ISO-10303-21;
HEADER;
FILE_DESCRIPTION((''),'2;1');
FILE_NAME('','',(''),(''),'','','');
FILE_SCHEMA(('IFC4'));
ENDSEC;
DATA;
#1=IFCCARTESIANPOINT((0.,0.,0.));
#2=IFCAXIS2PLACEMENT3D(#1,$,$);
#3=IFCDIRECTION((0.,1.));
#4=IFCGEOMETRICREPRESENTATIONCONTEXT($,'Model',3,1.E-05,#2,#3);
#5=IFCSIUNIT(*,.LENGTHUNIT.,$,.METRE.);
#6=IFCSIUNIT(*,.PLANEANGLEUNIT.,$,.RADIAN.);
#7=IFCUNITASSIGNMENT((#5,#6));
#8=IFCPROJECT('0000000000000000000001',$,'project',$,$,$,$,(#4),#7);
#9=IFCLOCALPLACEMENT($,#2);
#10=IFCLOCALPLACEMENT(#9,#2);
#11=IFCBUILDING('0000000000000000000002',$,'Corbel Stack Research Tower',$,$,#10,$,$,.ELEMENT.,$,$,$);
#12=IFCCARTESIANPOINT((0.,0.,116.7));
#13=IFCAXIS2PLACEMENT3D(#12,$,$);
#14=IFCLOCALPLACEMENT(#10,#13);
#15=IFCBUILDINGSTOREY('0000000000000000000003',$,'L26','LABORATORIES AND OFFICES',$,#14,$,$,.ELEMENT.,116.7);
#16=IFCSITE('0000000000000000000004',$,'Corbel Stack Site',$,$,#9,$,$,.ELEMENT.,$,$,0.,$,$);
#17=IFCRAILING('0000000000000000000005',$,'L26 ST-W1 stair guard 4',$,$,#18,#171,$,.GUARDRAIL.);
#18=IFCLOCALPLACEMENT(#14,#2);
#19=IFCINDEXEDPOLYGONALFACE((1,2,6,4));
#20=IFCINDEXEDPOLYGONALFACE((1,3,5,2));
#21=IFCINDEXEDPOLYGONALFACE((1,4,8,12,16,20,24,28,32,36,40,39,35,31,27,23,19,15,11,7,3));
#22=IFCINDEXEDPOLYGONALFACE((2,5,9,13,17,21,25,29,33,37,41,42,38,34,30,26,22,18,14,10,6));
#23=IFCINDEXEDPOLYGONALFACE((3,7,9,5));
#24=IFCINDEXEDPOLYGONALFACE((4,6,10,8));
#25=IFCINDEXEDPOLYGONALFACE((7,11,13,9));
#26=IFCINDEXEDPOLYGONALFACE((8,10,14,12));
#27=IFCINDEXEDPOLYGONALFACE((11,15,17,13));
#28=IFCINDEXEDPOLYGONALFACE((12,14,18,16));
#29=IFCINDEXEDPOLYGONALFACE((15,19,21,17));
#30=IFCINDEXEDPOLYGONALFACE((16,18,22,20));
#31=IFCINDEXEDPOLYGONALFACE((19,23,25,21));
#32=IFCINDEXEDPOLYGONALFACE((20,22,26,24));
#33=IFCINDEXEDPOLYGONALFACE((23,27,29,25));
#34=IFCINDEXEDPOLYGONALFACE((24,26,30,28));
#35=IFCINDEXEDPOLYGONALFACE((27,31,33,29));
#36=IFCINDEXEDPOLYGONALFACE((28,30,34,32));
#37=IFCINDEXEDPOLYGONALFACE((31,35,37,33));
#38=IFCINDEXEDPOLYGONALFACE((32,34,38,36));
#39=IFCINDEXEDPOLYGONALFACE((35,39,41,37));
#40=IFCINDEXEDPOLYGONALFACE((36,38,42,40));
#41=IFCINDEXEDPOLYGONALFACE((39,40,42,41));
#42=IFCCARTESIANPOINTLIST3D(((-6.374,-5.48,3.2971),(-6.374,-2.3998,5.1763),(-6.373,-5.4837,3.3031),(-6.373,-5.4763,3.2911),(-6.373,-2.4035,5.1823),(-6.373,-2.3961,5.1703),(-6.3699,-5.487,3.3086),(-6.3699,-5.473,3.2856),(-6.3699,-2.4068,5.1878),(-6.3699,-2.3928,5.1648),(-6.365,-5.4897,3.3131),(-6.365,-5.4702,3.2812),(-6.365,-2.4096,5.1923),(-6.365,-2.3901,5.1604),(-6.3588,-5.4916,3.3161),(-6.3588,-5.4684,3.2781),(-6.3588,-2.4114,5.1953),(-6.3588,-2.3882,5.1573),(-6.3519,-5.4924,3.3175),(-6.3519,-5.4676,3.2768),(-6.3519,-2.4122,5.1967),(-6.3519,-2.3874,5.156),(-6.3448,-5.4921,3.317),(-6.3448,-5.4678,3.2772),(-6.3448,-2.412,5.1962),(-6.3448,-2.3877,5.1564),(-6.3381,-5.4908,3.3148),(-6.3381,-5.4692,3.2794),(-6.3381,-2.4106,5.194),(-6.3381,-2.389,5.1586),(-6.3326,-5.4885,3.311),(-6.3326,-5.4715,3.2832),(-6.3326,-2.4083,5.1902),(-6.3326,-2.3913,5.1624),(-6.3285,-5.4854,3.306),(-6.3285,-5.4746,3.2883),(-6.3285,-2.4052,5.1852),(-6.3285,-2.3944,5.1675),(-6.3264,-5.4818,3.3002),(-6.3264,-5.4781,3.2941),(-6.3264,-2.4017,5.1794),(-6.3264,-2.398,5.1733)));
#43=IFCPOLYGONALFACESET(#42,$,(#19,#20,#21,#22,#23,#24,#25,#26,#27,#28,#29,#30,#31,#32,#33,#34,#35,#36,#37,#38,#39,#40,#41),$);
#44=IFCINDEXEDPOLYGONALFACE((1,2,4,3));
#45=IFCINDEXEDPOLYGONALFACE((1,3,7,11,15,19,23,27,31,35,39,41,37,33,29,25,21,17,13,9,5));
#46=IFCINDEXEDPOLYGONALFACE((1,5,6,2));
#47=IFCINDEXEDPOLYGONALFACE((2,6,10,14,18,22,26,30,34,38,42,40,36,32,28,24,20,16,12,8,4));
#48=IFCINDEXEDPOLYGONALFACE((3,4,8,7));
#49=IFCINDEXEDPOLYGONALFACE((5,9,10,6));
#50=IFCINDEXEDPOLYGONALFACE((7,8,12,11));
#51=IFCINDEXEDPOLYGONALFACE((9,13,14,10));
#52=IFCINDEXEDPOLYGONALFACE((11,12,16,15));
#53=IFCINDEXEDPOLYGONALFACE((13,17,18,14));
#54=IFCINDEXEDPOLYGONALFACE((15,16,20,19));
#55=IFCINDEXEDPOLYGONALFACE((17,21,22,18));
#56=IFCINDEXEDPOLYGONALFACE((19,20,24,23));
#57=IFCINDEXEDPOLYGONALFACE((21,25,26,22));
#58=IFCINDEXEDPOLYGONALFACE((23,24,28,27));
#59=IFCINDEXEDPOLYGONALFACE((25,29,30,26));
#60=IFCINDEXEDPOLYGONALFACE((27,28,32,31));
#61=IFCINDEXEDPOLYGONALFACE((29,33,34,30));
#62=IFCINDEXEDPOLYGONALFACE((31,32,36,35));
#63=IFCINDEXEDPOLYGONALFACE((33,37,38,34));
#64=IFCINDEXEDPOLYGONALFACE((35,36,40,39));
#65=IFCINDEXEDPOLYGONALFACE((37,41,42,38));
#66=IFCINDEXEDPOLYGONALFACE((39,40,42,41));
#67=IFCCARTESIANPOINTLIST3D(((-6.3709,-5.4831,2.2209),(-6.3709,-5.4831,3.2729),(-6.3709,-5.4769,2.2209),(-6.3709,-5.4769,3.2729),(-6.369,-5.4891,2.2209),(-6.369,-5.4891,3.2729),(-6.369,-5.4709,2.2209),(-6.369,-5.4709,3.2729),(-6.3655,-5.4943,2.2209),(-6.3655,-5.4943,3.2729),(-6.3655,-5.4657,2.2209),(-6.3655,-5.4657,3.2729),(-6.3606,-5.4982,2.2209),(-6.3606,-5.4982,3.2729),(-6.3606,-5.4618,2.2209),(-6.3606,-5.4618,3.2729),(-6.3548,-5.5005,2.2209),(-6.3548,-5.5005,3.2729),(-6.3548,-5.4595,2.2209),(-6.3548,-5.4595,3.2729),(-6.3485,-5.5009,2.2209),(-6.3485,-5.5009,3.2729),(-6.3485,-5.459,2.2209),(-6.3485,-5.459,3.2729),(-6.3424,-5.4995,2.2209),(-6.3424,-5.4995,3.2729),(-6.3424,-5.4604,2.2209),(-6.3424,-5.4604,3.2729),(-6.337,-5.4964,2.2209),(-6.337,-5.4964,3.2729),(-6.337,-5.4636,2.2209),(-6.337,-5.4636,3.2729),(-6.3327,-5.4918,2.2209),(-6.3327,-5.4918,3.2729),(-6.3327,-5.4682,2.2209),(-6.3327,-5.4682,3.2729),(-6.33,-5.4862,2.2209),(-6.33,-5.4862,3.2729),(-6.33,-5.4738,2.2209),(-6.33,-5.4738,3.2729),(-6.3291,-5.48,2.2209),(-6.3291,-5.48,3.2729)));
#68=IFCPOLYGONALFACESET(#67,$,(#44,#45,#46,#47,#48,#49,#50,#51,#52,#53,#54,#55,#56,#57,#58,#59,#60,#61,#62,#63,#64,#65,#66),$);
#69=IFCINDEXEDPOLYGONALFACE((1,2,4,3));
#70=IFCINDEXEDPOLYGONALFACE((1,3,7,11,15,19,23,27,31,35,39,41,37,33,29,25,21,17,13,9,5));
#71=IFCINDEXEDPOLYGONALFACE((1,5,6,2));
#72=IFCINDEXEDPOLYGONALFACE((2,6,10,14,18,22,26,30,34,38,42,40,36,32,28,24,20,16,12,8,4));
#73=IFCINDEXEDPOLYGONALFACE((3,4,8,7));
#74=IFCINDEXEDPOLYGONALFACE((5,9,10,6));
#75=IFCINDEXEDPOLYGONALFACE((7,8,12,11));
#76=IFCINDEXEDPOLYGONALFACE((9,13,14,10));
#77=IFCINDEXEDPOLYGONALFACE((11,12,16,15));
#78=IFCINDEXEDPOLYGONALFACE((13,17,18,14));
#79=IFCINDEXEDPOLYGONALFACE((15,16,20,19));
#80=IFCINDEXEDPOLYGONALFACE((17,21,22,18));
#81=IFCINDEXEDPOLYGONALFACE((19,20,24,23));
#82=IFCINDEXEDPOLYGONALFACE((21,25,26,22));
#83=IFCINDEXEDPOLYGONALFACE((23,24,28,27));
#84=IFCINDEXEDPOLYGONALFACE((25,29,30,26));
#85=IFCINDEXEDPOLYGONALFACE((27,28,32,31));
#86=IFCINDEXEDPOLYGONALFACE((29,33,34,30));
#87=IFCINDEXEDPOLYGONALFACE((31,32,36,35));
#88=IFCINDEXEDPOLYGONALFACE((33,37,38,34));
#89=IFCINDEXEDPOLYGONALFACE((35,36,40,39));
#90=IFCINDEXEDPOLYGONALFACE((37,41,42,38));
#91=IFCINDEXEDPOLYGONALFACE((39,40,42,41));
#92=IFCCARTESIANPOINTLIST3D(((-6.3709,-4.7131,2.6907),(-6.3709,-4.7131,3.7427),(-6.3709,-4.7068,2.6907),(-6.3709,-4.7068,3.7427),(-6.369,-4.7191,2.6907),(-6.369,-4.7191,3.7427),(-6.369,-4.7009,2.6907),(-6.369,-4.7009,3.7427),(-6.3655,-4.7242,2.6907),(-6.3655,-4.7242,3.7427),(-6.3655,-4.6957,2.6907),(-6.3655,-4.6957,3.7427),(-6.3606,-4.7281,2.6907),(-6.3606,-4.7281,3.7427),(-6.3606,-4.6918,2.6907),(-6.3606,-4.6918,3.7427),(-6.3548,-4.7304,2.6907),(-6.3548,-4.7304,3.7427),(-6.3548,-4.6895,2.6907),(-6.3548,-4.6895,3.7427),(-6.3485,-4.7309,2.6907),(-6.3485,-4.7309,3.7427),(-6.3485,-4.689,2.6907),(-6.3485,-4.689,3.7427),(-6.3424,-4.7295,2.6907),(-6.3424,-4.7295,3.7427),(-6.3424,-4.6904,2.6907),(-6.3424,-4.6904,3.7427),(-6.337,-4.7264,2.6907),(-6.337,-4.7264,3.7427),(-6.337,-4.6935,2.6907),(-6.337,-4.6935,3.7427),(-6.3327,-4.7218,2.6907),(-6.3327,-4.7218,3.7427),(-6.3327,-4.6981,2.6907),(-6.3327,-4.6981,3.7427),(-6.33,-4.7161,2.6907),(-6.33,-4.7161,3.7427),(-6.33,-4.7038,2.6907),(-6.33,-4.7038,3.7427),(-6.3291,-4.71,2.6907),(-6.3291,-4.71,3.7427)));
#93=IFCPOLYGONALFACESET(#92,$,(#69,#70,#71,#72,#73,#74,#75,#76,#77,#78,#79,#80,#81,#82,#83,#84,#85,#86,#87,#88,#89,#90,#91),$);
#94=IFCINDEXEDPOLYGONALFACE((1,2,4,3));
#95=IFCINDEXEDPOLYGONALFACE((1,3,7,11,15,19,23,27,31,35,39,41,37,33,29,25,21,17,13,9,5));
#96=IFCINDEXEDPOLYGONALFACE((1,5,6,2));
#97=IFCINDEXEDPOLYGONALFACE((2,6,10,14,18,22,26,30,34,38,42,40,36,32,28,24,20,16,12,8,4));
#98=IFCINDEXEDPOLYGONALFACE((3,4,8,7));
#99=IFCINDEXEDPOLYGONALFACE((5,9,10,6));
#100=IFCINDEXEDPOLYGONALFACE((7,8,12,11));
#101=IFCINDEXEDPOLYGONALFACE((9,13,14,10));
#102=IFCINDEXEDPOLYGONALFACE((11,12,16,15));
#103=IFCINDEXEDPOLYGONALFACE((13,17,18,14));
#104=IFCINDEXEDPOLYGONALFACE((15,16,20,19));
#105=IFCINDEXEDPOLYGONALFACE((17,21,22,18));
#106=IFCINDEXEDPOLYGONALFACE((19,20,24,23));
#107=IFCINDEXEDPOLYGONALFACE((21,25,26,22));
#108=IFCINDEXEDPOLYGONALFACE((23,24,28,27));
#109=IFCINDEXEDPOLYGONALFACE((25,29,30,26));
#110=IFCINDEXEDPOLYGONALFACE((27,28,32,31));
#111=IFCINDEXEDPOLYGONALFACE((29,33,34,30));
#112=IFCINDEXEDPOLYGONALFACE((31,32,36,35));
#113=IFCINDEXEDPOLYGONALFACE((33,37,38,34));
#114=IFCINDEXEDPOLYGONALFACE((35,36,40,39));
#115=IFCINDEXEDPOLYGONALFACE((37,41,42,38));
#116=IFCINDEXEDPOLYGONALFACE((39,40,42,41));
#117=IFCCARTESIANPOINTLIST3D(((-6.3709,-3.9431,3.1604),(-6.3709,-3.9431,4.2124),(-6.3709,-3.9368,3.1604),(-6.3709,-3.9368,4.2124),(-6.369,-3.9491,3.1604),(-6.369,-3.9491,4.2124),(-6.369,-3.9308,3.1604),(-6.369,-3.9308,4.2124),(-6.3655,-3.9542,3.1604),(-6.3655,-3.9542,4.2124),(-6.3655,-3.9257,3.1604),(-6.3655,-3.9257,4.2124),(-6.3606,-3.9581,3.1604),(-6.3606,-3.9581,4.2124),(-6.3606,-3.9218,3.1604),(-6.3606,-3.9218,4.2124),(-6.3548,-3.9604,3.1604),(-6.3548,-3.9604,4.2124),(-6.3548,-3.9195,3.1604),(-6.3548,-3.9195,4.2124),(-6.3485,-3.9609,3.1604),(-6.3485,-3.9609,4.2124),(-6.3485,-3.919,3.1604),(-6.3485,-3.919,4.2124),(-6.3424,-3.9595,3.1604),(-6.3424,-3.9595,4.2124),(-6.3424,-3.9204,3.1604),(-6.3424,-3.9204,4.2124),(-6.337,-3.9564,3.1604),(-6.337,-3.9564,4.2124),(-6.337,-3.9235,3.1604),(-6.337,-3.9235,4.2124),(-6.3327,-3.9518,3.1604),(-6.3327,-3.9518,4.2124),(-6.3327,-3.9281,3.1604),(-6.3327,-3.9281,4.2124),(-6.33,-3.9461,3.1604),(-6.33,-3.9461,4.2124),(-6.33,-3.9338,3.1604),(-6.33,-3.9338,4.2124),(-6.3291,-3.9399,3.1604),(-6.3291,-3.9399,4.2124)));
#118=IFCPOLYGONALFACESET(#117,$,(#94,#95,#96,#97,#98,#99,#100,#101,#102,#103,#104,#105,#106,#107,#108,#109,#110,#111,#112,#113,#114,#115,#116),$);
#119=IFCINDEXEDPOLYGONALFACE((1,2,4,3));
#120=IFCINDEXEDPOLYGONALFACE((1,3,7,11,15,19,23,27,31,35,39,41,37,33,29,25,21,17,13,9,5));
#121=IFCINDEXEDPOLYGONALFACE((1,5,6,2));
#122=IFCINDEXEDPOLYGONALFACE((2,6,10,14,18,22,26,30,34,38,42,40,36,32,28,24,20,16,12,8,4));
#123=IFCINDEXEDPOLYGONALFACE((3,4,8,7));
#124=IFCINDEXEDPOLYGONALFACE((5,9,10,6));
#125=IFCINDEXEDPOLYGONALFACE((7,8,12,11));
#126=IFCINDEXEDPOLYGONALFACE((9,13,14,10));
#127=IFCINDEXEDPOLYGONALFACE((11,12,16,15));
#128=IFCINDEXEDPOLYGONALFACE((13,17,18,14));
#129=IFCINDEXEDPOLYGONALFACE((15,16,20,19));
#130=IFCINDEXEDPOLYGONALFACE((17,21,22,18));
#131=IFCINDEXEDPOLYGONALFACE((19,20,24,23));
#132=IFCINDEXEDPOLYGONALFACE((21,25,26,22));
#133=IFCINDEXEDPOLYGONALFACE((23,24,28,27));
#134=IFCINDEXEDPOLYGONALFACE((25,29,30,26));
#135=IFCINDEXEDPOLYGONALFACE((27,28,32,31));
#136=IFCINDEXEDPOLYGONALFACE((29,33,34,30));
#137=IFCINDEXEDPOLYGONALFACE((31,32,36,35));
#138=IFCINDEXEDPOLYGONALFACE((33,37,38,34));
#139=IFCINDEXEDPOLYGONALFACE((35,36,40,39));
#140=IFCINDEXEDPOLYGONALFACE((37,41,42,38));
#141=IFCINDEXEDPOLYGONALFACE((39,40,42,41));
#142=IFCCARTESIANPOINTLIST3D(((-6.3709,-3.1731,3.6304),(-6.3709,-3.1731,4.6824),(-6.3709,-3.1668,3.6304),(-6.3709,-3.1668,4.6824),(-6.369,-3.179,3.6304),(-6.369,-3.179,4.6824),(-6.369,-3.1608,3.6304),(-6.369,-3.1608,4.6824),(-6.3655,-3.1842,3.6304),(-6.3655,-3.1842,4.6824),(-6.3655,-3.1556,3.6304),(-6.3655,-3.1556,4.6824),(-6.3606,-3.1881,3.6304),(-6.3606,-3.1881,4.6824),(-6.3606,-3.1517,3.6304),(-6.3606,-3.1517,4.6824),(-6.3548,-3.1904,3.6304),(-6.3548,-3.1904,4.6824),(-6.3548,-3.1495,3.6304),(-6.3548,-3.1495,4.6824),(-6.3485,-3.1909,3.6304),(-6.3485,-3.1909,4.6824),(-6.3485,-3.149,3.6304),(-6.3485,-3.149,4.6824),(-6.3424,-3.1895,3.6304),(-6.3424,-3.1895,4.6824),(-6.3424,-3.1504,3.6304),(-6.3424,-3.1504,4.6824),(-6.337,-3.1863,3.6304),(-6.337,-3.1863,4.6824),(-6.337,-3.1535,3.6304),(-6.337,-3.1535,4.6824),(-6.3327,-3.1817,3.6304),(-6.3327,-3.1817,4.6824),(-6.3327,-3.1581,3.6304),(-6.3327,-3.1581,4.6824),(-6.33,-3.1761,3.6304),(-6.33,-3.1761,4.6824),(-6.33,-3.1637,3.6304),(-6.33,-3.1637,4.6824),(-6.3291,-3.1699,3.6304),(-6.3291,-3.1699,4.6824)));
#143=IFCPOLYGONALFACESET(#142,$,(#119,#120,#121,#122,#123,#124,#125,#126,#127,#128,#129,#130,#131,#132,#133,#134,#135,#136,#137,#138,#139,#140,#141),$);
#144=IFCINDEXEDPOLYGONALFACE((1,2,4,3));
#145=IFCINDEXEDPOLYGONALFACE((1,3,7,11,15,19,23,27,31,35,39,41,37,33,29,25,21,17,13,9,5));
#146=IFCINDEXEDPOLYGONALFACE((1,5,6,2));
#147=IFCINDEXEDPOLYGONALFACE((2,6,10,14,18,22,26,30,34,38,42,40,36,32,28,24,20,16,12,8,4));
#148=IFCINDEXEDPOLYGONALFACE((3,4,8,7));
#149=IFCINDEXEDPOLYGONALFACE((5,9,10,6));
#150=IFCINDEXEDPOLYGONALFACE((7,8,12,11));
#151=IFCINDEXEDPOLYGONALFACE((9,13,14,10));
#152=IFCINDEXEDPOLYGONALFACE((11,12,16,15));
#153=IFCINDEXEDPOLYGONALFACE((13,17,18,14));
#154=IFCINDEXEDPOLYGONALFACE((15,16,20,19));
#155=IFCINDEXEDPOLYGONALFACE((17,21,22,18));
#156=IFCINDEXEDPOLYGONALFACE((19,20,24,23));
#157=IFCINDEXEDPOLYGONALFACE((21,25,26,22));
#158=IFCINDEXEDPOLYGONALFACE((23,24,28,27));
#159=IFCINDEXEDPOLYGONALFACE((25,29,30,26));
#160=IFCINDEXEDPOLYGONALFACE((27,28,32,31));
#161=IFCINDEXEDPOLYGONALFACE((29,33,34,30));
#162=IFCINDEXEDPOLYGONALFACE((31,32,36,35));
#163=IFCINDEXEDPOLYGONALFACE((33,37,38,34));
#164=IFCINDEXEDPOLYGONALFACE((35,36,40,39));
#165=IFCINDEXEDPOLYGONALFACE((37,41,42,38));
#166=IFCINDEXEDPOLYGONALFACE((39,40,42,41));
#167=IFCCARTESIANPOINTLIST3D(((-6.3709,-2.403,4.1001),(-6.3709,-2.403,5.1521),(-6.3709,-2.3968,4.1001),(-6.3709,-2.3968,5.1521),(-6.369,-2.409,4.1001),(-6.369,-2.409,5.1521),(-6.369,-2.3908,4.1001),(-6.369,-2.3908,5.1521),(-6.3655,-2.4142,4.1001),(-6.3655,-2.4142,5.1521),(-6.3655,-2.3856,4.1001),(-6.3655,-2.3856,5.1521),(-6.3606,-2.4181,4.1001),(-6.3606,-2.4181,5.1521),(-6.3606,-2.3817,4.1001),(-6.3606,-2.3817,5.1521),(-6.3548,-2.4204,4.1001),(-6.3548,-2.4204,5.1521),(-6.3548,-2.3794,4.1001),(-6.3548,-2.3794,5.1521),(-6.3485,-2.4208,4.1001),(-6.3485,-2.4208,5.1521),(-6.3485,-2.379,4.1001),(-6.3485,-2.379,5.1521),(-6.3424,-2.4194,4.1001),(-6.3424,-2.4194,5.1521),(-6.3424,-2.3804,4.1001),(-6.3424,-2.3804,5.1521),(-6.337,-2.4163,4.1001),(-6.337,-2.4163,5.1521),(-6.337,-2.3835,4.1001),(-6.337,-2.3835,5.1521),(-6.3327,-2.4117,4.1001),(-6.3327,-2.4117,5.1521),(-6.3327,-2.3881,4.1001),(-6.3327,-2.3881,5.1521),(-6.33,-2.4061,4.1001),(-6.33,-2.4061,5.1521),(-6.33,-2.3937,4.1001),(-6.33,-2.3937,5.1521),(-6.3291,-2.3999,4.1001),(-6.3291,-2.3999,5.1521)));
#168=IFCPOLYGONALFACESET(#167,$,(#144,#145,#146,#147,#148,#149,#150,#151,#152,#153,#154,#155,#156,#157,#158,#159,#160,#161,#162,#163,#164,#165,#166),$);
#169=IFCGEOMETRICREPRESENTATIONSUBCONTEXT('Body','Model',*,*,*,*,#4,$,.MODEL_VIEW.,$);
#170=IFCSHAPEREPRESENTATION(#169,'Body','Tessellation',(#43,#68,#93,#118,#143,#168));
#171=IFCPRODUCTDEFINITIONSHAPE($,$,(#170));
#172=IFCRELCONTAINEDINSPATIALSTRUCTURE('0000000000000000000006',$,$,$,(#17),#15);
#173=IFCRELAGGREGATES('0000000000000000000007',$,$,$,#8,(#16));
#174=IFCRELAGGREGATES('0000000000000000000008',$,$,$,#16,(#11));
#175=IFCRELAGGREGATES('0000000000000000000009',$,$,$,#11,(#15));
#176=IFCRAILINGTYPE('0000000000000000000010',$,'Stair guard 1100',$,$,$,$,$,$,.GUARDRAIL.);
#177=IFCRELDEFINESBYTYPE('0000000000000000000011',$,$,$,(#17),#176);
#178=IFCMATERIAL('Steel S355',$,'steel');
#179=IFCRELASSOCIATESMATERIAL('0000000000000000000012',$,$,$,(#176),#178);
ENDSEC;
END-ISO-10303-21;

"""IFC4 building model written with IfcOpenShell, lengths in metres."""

from ifc_helpers import new_model, si_unit, direction, frame, origin, origin_2d, place, context, subcontext, project, spatial, circle, extrude, material, type_object, element, save


model = new_model("IFC4")

# Units and contexts
model_context = context("Model", 3, precision=1e-05, world=origin(), true_north=direction((0.0, 1.0)))
body_context = subcontext(model_context, "Body", "Model", "MODEL_VIEW")
ifc_project = project(units=[si_unit("LENGTHUNIT", "METRE"), si_unit("PLANEANGLEUNIT", "RADIAN")], contexts=[model_context])

# Site, building, storey
site_placement = place(None, origin())
site = spatial("IfcSite", under=ifc_project, at=site_placement, Name="Corbel Stack Site", CompositionType="ELEMENT", RefElevation=0.0)
building_placement = place(site_placement, origin())
building = spatial("IfcBuilding", under=site, at=building_placement, Name="Corbel Stack Research Tower", CompositionType="ELEMENT")
storey_placement = place(building_placement, frame((0.0, 0.0, 116.7)))
storey = spatial("IfcBuildingStorey", under=building, at=storey_placement, Name="L26", Description="LABORATORIES AND OFFICES", CompositionType="ELEMENT", Elevation=116.7)

# Railing
ifc_material_1 = material(Name="Steel S355", Category="steel")
railing_type = type_object("IfcRailingType", Name="Stair guard 1100", PredefinedType="GUARDRAIL", material=ifc_material_1)
railing_1_placement = place(storey_placement, frame((-6.3501, -5.48, 2.2209)))
element("IfcRailing", 1, at=railing_1_placement, inside=storey, type_object=railing_type, Name="L26 ST-W1 stair guard 4", PredefinedType="GUARDRAIL", context=body_context, shape_type="SweptSolid", body=[
    extrude(circle(Radius=0.0239, at=origin_2d()), frame((0.0, 0.0, 1.0762), z_axis=(0.0, 0.853666, 0.52082), x_axis=(-1.0, 0.0, 0.0)), (0.0, 0.0, 1.0), 3.6082),
    extrude(circle(Radius=0.021, at=origin_2d()), origin(), (0.0, 0.0, 1.0), 1.052),
    extrude(circle(Radius=0.021, at=origin_2d()), frame((0.0, 0.77, 0.4697)), (0.0, 0.0, 1.0), 1.052),
    extrude(circle(Radius=0.021, at=origin_2d()), frame((0.0, 1.54, 0.9395)), (0.0, 0.0, 1.0), 1.052),
    extrude(circle(Radius=0.021, at=origin_2d()), frame((0.0, 2.3101, 1.4094)), (0.0, 0.0, 1.0), 1.052),
    extrude(circle(Radius=0.021, at=origin_2d()), frame((0.0, 3.0801, 1.8792)), (0.0, 0.0, 1.0), 1.052),
])

save(model, "model.ifc")
